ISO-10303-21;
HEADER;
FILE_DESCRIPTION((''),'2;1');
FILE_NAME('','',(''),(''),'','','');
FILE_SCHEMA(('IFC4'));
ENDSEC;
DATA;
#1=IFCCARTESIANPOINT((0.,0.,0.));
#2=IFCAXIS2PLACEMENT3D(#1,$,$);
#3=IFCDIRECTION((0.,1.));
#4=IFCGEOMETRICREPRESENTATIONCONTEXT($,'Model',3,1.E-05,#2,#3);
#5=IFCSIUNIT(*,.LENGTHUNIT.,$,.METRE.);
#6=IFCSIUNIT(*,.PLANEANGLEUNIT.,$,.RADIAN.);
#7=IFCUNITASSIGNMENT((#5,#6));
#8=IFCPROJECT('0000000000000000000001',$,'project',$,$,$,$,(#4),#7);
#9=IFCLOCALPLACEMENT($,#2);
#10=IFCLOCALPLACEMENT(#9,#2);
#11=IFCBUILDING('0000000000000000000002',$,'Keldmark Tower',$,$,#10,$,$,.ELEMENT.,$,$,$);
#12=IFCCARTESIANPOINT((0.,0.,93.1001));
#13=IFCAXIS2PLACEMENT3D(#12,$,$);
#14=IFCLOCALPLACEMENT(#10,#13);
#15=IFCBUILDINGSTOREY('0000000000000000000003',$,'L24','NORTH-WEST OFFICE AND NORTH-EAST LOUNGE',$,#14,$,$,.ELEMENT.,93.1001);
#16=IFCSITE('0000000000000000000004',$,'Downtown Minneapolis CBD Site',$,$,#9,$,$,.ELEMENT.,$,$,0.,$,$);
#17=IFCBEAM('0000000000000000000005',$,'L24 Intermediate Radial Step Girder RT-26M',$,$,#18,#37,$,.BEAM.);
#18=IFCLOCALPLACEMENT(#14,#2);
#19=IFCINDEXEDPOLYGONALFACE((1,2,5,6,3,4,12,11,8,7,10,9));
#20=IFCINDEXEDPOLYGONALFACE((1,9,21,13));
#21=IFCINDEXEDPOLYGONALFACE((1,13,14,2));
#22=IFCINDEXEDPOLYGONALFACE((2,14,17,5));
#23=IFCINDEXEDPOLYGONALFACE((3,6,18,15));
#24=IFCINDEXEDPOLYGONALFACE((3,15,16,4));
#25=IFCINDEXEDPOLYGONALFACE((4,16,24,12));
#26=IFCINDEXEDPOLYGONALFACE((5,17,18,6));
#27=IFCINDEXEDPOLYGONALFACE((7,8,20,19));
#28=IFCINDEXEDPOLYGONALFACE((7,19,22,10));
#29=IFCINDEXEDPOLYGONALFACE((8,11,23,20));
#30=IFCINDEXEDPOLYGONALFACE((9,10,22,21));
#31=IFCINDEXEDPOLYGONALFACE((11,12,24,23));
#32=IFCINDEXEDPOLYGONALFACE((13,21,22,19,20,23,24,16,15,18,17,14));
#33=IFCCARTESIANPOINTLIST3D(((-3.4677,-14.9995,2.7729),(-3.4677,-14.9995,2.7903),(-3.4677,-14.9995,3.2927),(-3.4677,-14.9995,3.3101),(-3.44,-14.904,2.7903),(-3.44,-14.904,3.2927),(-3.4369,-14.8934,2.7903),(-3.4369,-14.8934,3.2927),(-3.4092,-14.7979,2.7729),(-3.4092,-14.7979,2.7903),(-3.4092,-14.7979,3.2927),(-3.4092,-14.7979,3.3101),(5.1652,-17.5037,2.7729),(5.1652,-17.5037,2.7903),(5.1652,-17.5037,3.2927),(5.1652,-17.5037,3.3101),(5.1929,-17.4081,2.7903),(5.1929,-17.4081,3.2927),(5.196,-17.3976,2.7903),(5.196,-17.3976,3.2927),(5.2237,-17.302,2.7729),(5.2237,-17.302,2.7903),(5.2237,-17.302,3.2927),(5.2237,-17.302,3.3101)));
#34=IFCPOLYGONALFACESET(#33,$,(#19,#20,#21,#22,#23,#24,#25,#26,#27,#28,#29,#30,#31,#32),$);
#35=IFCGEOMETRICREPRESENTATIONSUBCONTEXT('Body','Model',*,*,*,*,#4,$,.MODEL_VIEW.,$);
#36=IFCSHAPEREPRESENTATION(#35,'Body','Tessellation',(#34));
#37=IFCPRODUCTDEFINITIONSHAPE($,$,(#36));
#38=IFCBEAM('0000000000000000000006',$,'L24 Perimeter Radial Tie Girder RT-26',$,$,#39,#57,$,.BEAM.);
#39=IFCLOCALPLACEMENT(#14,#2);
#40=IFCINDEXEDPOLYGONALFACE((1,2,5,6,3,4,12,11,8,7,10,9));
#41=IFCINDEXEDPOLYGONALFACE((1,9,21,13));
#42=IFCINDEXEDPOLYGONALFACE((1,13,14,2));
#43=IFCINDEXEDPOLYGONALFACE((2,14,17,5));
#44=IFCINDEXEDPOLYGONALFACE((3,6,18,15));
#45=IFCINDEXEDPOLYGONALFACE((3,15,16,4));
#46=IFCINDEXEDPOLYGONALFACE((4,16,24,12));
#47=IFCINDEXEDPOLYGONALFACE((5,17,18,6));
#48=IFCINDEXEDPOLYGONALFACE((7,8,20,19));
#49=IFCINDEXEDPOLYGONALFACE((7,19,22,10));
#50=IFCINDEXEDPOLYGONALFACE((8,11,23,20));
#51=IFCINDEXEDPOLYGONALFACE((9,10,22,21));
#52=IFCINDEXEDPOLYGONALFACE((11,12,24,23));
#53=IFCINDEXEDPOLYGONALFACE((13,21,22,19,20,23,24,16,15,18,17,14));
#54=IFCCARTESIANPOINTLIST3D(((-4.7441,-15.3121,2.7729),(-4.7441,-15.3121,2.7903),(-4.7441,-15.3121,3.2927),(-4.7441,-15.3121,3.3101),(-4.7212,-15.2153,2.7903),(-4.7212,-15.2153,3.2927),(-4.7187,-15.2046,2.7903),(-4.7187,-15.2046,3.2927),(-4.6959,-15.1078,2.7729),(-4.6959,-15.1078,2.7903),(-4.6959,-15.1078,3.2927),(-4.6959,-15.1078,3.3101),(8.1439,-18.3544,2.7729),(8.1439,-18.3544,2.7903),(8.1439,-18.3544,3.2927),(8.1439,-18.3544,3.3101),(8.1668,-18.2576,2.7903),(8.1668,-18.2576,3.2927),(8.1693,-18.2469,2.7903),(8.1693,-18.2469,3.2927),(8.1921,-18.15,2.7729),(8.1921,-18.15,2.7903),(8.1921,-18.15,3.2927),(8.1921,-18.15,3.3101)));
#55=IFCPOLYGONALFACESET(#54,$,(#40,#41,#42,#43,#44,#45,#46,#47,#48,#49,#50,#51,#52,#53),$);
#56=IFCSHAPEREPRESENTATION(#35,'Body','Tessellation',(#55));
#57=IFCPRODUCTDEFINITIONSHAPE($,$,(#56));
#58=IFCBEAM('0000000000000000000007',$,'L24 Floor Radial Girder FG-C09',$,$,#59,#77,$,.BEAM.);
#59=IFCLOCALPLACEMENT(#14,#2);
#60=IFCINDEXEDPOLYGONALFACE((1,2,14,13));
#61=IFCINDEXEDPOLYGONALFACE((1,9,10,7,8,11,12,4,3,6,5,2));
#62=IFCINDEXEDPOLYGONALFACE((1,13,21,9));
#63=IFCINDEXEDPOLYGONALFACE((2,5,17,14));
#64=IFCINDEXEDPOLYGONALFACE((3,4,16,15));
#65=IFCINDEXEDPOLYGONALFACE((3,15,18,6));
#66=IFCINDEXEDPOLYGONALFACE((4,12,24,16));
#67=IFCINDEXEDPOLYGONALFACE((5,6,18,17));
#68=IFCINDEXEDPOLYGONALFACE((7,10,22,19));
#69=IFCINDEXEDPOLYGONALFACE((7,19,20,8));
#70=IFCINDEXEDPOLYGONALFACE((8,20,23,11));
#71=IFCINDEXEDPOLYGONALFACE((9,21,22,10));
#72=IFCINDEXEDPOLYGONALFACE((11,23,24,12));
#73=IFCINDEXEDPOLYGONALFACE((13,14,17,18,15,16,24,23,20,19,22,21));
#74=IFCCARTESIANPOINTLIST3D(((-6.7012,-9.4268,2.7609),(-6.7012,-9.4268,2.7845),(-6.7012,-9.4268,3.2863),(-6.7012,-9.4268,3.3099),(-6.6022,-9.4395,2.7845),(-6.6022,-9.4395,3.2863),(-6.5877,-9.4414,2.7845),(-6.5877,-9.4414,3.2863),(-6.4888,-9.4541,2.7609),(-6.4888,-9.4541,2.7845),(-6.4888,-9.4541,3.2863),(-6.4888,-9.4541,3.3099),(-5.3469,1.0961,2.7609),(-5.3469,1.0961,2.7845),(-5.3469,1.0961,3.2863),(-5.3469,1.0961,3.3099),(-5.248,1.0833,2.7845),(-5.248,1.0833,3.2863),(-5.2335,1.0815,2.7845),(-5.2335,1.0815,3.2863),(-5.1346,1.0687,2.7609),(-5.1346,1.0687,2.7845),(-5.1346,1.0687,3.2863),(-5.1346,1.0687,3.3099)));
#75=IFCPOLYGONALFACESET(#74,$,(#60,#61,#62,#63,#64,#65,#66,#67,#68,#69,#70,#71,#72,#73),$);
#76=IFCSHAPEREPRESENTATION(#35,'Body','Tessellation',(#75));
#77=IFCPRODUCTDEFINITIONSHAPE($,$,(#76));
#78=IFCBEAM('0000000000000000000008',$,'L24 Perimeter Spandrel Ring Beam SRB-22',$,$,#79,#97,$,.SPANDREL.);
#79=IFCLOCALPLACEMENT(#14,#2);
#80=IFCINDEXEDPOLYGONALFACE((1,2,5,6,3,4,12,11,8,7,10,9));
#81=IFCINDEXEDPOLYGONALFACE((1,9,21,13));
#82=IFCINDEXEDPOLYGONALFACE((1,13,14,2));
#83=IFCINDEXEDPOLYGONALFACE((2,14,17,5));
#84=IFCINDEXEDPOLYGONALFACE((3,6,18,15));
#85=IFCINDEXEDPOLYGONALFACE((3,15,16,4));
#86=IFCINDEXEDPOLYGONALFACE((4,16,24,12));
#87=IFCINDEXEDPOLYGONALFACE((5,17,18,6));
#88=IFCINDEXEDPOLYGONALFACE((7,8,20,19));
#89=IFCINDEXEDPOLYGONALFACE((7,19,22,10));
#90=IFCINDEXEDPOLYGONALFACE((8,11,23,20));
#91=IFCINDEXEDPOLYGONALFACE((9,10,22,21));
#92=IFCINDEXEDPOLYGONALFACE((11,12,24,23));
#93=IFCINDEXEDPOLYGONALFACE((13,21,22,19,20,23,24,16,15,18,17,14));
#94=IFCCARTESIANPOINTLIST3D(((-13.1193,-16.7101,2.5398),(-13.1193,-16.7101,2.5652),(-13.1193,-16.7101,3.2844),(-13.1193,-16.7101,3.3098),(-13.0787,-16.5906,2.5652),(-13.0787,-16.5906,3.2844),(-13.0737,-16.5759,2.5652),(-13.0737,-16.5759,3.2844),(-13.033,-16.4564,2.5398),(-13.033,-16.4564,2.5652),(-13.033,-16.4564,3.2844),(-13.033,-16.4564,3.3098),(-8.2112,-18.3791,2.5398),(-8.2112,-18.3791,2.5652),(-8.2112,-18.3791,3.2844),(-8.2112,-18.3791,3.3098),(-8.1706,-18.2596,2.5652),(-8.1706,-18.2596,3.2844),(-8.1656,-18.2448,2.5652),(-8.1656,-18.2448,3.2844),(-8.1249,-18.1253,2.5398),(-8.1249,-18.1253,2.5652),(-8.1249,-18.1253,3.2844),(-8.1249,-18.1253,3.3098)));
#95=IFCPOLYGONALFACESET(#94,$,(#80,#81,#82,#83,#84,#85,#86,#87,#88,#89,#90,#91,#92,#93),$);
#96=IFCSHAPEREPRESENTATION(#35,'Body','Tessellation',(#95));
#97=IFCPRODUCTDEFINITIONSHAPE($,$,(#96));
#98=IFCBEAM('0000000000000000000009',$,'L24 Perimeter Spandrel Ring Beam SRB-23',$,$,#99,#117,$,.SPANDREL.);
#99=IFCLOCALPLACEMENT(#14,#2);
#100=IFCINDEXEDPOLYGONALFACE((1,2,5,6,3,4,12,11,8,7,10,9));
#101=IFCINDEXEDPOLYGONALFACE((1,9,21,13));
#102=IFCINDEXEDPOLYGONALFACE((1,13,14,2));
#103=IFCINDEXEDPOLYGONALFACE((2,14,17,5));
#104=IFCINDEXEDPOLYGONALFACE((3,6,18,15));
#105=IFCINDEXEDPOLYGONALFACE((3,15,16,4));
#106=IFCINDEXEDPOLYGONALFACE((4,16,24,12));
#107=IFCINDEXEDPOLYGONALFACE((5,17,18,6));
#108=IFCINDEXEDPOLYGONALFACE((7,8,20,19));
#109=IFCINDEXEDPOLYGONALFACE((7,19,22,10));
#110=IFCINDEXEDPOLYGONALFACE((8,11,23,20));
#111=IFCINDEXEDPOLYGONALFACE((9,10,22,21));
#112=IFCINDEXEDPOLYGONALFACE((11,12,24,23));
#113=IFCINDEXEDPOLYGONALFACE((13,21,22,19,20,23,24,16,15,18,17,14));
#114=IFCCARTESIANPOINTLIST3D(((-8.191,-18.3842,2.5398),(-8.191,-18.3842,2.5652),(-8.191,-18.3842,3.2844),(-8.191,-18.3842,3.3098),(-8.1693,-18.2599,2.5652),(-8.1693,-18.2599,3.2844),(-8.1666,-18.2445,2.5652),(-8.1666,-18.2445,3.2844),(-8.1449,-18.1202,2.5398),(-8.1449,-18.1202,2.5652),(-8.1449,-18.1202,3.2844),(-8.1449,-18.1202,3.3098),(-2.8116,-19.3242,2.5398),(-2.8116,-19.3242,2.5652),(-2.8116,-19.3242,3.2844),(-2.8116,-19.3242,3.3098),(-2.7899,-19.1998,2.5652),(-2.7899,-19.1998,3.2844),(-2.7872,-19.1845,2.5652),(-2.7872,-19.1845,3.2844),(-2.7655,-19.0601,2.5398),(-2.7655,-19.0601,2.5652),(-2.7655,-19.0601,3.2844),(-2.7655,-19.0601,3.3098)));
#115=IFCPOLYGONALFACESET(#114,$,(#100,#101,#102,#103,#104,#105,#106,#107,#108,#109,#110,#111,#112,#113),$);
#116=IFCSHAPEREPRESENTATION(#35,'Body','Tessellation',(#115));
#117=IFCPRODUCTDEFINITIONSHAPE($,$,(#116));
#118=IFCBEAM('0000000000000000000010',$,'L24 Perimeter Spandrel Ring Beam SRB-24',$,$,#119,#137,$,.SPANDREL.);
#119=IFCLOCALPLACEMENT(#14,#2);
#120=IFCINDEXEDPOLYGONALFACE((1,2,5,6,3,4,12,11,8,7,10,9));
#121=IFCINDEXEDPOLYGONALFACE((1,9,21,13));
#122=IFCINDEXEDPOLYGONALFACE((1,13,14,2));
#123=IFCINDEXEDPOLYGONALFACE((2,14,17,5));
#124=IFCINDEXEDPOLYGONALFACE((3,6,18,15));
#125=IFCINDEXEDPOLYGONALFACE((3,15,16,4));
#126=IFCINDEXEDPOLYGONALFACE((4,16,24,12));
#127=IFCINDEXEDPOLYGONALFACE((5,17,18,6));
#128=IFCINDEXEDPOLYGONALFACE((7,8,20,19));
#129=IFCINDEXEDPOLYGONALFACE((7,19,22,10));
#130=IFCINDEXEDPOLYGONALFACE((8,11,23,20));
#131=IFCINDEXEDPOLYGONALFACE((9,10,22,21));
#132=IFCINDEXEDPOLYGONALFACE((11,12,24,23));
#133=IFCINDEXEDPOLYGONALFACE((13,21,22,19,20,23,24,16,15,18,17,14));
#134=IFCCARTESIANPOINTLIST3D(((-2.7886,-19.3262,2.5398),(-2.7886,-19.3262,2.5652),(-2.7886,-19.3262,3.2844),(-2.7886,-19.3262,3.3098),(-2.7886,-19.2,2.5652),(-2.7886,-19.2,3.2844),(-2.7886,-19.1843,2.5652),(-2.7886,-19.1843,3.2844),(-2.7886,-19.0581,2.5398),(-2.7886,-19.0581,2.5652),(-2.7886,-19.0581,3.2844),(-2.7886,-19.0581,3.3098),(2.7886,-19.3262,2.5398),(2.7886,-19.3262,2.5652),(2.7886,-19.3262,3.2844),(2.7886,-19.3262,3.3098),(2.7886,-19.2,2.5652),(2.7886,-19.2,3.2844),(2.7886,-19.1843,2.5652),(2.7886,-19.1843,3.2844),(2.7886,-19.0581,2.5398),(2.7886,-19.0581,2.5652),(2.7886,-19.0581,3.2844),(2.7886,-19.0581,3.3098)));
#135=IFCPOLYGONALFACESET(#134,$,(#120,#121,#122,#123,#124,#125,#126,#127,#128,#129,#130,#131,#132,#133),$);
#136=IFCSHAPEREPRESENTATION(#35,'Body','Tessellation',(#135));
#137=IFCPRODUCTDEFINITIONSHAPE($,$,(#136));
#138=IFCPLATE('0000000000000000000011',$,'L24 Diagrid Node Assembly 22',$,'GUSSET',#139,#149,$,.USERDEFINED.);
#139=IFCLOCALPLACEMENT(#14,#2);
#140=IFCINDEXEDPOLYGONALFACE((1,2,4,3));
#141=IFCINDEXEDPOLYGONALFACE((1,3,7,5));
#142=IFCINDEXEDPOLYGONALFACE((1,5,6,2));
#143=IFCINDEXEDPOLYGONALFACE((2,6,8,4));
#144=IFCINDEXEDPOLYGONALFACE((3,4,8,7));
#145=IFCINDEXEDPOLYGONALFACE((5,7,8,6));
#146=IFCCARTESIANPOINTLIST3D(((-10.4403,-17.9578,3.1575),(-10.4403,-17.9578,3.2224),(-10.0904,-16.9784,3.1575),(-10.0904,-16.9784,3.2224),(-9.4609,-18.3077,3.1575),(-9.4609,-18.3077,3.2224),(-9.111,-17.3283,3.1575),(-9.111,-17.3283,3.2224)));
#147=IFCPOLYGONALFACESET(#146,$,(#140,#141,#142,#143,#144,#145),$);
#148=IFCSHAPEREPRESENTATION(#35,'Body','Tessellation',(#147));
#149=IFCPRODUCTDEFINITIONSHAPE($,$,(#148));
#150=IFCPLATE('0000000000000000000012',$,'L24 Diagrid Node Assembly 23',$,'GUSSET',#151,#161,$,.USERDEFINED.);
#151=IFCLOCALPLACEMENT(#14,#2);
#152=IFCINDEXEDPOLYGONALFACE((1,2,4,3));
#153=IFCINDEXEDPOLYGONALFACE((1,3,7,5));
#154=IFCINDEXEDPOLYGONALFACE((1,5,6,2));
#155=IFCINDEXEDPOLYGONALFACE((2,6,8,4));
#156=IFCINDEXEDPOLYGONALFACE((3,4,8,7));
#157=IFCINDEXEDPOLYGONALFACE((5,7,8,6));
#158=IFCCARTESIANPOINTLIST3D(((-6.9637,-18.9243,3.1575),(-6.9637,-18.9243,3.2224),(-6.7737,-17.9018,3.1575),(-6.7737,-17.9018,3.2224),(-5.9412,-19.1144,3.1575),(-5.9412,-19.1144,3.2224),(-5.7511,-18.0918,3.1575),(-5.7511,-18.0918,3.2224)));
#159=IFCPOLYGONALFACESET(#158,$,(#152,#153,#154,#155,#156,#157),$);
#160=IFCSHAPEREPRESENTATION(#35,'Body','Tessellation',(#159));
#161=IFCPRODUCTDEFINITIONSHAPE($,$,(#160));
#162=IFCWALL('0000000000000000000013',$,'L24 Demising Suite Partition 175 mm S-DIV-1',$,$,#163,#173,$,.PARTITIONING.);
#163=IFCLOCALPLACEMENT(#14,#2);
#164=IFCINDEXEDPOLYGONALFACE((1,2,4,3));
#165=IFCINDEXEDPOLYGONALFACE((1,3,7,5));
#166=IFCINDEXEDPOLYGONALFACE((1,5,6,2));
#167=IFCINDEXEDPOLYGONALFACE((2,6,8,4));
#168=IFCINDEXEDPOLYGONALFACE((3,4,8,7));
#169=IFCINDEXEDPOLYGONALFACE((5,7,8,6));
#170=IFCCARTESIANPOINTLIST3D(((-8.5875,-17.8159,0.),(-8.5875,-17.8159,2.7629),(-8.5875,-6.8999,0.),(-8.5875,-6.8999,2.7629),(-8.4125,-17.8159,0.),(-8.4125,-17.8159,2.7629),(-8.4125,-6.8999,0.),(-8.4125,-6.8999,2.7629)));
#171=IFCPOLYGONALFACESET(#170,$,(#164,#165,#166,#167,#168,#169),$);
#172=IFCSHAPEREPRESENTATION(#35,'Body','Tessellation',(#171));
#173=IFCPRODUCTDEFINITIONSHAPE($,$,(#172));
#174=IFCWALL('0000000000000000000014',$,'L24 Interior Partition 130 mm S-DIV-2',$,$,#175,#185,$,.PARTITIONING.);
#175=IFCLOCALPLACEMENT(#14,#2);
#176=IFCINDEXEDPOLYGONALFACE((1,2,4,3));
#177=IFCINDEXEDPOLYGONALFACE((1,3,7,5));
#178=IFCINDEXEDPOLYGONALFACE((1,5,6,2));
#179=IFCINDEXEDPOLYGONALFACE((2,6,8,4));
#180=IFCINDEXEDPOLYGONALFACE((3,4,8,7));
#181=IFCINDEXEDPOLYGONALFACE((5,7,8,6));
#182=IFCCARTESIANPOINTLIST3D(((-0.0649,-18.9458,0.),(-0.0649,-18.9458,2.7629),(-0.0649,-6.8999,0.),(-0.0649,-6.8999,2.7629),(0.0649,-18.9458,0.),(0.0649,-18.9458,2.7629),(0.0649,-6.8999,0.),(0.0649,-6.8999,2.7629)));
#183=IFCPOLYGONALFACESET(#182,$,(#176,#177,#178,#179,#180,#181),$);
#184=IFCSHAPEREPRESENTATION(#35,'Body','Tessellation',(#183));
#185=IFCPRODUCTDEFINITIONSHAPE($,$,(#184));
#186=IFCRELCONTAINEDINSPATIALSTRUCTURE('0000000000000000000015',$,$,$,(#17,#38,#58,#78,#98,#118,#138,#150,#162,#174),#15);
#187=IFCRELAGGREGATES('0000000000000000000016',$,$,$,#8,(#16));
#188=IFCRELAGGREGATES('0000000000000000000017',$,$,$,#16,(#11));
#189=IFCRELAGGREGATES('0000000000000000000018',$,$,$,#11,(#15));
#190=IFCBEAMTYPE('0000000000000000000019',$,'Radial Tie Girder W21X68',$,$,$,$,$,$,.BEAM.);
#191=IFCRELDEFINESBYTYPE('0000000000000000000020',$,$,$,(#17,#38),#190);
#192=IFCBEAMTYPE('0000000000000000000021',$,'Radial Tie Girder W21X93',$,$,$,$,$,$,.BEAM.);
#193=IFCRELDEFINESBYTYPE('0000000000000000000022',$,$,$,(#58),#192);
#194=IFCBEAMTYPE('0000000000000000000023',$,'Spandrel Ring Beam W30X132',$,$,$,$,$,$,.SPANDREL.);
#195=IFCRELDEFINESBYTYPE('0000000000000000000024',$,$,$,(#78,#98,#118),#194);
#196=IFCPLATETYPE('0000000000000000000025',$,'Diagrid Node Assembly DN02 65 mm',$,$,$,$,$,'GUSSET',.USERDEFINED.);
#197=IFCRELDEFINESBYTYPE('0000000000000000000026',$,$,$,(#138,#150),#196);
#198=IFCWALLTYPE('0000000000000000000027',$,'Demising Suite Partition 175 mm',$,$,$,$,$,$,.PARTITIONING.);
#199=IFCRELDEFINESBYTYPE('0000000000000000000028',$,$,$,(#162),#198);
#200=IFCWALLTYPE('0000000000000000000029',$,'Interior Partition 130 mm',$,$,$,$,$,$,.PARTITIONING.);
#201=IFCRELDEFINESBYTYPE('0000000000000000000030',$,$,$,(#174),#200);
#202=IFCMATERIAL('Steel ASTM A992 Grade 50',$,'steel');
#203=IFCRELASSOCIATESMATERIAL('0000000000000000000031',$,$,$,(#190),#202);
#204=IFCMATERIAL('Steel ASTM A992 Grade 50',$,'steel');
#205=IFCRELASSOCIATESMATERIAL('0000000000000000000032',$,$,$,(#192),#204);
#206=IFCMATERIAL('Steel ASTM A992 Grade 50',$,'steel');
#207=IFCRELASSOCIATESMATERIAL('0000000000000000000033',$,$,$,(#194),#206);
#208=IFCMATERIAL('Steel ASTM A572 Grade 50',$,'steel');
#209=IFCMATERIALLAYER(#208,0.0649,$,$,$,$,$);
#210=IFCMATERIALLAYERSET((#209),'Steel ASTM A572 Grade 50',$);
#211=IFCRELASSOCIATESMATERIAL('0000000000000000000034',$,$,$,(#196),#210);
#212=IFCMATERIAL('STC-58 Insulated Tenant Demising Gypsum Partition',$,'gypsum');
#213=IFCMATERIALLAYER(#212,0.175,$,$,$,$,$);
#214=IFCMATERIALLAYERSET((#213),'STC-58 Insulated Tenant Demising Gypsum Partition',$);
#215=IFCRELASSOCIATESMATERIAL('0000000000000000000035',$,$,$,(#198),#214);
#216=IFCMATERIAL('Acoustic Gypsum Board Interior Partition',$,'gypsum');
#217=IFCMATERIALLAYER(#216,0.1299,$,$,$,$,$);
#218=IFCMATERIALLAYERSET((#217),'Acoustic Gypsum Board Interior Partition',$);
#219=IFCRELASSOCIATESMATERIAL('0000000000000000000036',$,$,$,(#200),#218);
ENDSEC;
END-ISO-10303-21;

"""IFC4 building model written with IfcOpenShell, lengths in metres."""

from ifc_helpers import new_model, si_unit, direction, frame, frame_2d, origin, origin_2d, place, context, subcontext, project, spatial, rectangle, i_section, extrude, material, layer, layer_set, material_profile, profile_set, type_object, element, save


model = new_model("IFC4")

# Units and contexts
model_context = context("Model", 3, precision=1e-05, world=origin(), true_north=direction((0.0, 1.0)))
body_context = subcontext(model_context, "Body", "Model", "MODEL_VIEW")
ifc_project = project(units=[si_unit("LENGTHUNIT", "METRE"), si_unit("PLANEANGLEUNIT", "RADIAN")], contexts=[model_context])

# Site, building, storey
site_placement = place(None, origin())
site = spatial("IfcSite", under=ifc_project, at=site_placement, Name="Downtown Minneapolis CBD Site", CompositionType="ELEMENT", RefElevation=0.0)
building_placement = place(site_placement, origin())
building = spatial("IfcBuilding", under=site, at=building_placement, Name="Keldmark Tower", CompositionType="ELEMENT")
storey_placement = place(building_placement, frame((0.0, 0.0, 93.1001)))
storey = spatial("IfcBuildingStorey", under=building, at=storey_placement, Name="L24", Description="NORTH-WEST OFFICE AND NORTH-EAST LOUNGE", CompositionType="ELEMENT", Elevation=93.1001)

# Beams
ifc_material_1 = material(Name="Steel ASTM A992 Grade 50", Category="steel")
ifc_material_profile_1 = material_profile(ifc_material_1, i_section(OverallWidth=0.21, OverallDepth=0.5371, WebThickness=0.011, FlangeThickness=0.0173, at=origin_2d()), Name="W21X68")
ifc_profile_set_1 = profile_set([ifc_material_profile_1], Name="Steel ASTM A992 Grade 50")
beam_type_1 = type_object("IfcBeamType", Name="Radial Tie Girder W21X68", PredefinedType="BEAM", material=ifc_profile_set_1)
beam_1_placement = place(storey_placement, frame((-3.4385, -14.8987, 3.0415), z_axis=(0.96041, -0.27859, 0.0), x_axis=(0.27859, 0.96041, 0.0)))
element("IfcBeam", 1, at=beam_1_placement, inside=storey, type_object=beam_type_1, Name="L24 Intermediate Radial Step Girder RT-26M", PredefinedType="BEAM", context=body_context, shape_type="SweptSolid", body=[
    extrude(i_section(OverallWidth=0.21, OverallDepth=0.5371, WebThickness=0.011, FlangeThickness=0.0173, at=origin_2d()), origin(), (0.0, 0.0, 1.0), 8.9888),
])
beam_2_placement = place(storey_placement, frame((-4.72, -15.21, 3.0415), z_axis=(0.973252, -0.229739, 0.0), x_axis=(0.229739, 0.973252, 0.0)))
element("IfcBeam", 2, at=beam_2_placement, inside=storey, type_object=beam_type_1, Name="L24 Perimeter Radial Tie Girder RT-26", PredefinedType="BEAM", context=body_context, shape_type="SweptSolid", body=[
    extrude(i_section(OverallWidth=0.21, OverallDepth=0.5371, WebThickness=0.011, FlangeThickness=0.0173, at=origin_2d()), origin(), (0.0, 0.0, 1.0), 13.2422),
])
ifc_material_2 = material(Name="Steel ASTM A992 Grade 50", Category="steel")
ifc_material_profile_2 = material_profile(ifc_material_2, i_section(OverallWidth=0.2141, OverallDepth=0.5491, WebThickness=0.0146, FlangeThickness=0.0237, at=origin_2d()), Name="W21X93")
ifc_profile_set_2 = profile_set([ifc_material_profile_2], Name="Steel ASTM A992 Grade 50")
beam_type_2 = type_object("IfcBeamType", Name="Radial Tie Girder W21X93", PredefinedType="BEAM", material=ifc_profile_set_2)
beam_3_placement = place(storey_placement, frame((-6.595, -9.4404, 3.0354), z_axis=(0.127642, 0.99182, 0.0), x_axis=(-0.99182, 0.127642, 0.0)))
element("IfcBeam", 3, at=beam_3_placement, inside=storey, type_object=beam_type_2, Name="L24 Floor Radial Girder FG-C09", PredefinedType="BEAM", context=body_context, shape_type="SweptSolid", body=[
    extrude(i_section(OverallWidth=0.2141, OverallDepth=0.5491, WebThickness=0.0146, FlangeThickness=0.0237, at=origin_2d()), origin(), (0.0, 0.0, 1.0), 10.6096),
])
ifc_material_3 = material(Name="Steel ASTM A992 Grade 50", Category="steel")
ifc_material_profile_3 = material_profile(ifc_material_3, i_section(OverallWidth=0.2681, OverallDepth=0.77, WebThickness=0.0156, FlangeThickness=0.0254, at=origin_2d()), Name="W30X132")
ifc_profile_set_3 = profile_set([ifc_material_profile_3], Name="Steel ASTM A992 Grade 50")
beam_type_3 = type_object("IfcBeamType", Name="Spandrel Ring Beam W30X132", PredefinedType="SPANDREL", material=ifc_profile_set_3)
beam_4_placement = place(storey_placement, frame((-13.0762, -16.5833, 2.9248), z_axis=(0.946764, -0.32193, 0.0), x_axis=(0.32193, 0.946764, 0.0)))
element("IfcBeam", 4, at=beam_4_placement, inside=storey, type_object=beam_type_3, Name="L24 Perimeter Spandrel Ring Beam SRB-22", PredefinedType="SPANDREL", context=body_context, shape_type="SweptSolid", body=[
    extrude(i_section(OverallWidth=0.2681, OverallDepth=0.77, WebThickness=0.0156, FlangeThickness=0.0254, at=origin_2d()), origin(), (0.0, 0.0, 1.0), 5.1841),
])
beam_5_placement = place(storey_placement, frame((-8.168, -18.2522, 2.9248), z_axis=(0.985076, -0.172122, 0.0), x_axis=(0.172122, 0.985076, 0.0)))
element("IfcBeam", 5, at=beam_5_placement, inside=storey, type_object=beam_type_3, Name="L24 Perimeter Spandrel Ring Beam SRB-23", PredefinedType="SPANDREL", context=body_context, shape_type="SweptSolid", body=[
    extrude(i_section(OverallWidth=0.2681, OverallDepth=0.77, WebThickness=0.0156, FlangeThickness=0.0254, at=origin_2d()), origin(), (0.0, 0.0, 1.0), 5.4609),
])
beam_6_placement = place(storey_placement, frame((-2.7886, -19.1921, 2.9248), z_axis=(1.0, 0.0, 0.0), x_axis=(0.0, 1.0, 0.0)))
element("IfcBeam", 6, at=beam_6_placement, inside=storey, type_object=beam_type_3, Name="L24 Perimeter Spandrel Ring Beam SRB-24", PredefinedType="SPANDREL", context=body_context, shape_type="SweptSolid", body=[
    extrude(i_section(OverallWidth=0.2681, OverallDepth=0.77, WebThickness=0.0156, FlangeThickness=0.0254, at=origin_2d()), origin(), (0.0, 0.0, 1.0), 5.5771),
])

# Plates
ifc_material_4 = material(Name="Steel ASTM A572 Grade 50", Category="steel")
ifc_layer_1 = layer(ifc_material_4, 0.0649)
ifc_layer_set_1 = layer_set([ifc_layer_1], Name="Steel ASTM A572 Grade 50")
plate_type = type_object("IfcPlateType", Name="Diagrid Node Assembly DN02 65 mm", ElementType="GUSSET", PredefinedType="USERDEFINED", material=ifc_layer_set_1)
for number, where, z_axis, x_axis, name in (
    (7, (-9.7756, -17.6431, 3.1575), (0.0, 0.0, 1.0), (0.941706, -0.336438, 0.0), "L24 Diagrid Node Assembly 22"),
    (8, (-6.3574, -18.5081, 3.1575), (0.0, 0.0, 1.0), (0.983159, -0.18275, 0.0), "L24 Diagrid Node Assembly 23"),
):
    element("IfcPlate", number, at=place(storey_placement, frame(where, z_axis=z_axis, x_axis=x_axis)), inside=storey, type_object=plate_type, Name=name, ObjectType="GUSSET", PredefinedType="USERDEFINED", context=body_context, shape_type="SweptSolid", body=[
        extrude(rectangle(XDim=1.04, YDim=1.04, at=origin_2d()), origin(), (0.0, 0.0, 1.0), 0.0649),
    ])

# Wall
ifc_material_5 = material(Name="STC-58 Insulated Tenant Demising Gypsum Partition", Category="gypsum")
ifc_layer_2 = layer(ifc_material_5, 0.175)
ifc_layer_set_2 = layer_set([ifc_layer_2], Name="STC-58 Insulated Tenant Demising Gypsum Partition")
wall_type_1 = type_object("IfcWallType", Name="Demising Suite Partition 175 mm", PredefinedType="PARTITIONING", material=ifc_layer_set_2)
wall_1_placement = place(storey_placement, frame((-8.5, -17.8159, 0.0), z_axis=(0.0, 0.0, 1.0), x_axis=(0.0, 1.0, 0.0)))
element("IfcWall", 9, at=wall_1_placement, inside=storey, type_object=wall_type_1, Name="L24 Demising Suite Partition 175 mm S-DIV-1", PredefinedType="PARTITIONING", context=body_context, shape_type="SweptSolid", body=[
    extrude(rectangle(XDim=10.916, YDim=0.175, at=frame_2d((5.458, 0.0))), origin(), (0.0, 0.0, 1.0), 2.7629),
])

# Wall
ifc_material_6 = material(Name="Acoustic Gypsum Board Interior Partition", Category="gypsum")
ifc_layer_3 = layer(ifc_material_6, 0.1299)
ifc_layer_set_3 = layer_set([ifc_layer_3], Name="Acoustic Gypsum Board Interior Partition")
wall_type_2 = type_object("IfcWallType", Name="Interior Partition 130 mm", PredefinedType="PARTITIONING", material=ifc_layer_set_3)
wall_2_placement = place(storey_placement, frame((0.0, -18.9458, 0.0), z_axis=(0.0, 0.0, 1.0), x_axis=(0.0, 1.0, 0.0)))
element("IfcWall", 10, at=wall_2_placement, inside=storey, type_object=wall_type_2, Name="L24 Interior Partition 130 mm S-DIV-2", PredefinedType="PARTITIONING", context=body_context, shape_type="SweptSolid", body=[
    extrude(rectangle(XDim=12.0459, YDim=0.1299, at=frame_2d((6.0229, 0.0))), origin(), (0.0, 0.0, 1.0), 2.7629),
])

save(model, "model.ifc")
